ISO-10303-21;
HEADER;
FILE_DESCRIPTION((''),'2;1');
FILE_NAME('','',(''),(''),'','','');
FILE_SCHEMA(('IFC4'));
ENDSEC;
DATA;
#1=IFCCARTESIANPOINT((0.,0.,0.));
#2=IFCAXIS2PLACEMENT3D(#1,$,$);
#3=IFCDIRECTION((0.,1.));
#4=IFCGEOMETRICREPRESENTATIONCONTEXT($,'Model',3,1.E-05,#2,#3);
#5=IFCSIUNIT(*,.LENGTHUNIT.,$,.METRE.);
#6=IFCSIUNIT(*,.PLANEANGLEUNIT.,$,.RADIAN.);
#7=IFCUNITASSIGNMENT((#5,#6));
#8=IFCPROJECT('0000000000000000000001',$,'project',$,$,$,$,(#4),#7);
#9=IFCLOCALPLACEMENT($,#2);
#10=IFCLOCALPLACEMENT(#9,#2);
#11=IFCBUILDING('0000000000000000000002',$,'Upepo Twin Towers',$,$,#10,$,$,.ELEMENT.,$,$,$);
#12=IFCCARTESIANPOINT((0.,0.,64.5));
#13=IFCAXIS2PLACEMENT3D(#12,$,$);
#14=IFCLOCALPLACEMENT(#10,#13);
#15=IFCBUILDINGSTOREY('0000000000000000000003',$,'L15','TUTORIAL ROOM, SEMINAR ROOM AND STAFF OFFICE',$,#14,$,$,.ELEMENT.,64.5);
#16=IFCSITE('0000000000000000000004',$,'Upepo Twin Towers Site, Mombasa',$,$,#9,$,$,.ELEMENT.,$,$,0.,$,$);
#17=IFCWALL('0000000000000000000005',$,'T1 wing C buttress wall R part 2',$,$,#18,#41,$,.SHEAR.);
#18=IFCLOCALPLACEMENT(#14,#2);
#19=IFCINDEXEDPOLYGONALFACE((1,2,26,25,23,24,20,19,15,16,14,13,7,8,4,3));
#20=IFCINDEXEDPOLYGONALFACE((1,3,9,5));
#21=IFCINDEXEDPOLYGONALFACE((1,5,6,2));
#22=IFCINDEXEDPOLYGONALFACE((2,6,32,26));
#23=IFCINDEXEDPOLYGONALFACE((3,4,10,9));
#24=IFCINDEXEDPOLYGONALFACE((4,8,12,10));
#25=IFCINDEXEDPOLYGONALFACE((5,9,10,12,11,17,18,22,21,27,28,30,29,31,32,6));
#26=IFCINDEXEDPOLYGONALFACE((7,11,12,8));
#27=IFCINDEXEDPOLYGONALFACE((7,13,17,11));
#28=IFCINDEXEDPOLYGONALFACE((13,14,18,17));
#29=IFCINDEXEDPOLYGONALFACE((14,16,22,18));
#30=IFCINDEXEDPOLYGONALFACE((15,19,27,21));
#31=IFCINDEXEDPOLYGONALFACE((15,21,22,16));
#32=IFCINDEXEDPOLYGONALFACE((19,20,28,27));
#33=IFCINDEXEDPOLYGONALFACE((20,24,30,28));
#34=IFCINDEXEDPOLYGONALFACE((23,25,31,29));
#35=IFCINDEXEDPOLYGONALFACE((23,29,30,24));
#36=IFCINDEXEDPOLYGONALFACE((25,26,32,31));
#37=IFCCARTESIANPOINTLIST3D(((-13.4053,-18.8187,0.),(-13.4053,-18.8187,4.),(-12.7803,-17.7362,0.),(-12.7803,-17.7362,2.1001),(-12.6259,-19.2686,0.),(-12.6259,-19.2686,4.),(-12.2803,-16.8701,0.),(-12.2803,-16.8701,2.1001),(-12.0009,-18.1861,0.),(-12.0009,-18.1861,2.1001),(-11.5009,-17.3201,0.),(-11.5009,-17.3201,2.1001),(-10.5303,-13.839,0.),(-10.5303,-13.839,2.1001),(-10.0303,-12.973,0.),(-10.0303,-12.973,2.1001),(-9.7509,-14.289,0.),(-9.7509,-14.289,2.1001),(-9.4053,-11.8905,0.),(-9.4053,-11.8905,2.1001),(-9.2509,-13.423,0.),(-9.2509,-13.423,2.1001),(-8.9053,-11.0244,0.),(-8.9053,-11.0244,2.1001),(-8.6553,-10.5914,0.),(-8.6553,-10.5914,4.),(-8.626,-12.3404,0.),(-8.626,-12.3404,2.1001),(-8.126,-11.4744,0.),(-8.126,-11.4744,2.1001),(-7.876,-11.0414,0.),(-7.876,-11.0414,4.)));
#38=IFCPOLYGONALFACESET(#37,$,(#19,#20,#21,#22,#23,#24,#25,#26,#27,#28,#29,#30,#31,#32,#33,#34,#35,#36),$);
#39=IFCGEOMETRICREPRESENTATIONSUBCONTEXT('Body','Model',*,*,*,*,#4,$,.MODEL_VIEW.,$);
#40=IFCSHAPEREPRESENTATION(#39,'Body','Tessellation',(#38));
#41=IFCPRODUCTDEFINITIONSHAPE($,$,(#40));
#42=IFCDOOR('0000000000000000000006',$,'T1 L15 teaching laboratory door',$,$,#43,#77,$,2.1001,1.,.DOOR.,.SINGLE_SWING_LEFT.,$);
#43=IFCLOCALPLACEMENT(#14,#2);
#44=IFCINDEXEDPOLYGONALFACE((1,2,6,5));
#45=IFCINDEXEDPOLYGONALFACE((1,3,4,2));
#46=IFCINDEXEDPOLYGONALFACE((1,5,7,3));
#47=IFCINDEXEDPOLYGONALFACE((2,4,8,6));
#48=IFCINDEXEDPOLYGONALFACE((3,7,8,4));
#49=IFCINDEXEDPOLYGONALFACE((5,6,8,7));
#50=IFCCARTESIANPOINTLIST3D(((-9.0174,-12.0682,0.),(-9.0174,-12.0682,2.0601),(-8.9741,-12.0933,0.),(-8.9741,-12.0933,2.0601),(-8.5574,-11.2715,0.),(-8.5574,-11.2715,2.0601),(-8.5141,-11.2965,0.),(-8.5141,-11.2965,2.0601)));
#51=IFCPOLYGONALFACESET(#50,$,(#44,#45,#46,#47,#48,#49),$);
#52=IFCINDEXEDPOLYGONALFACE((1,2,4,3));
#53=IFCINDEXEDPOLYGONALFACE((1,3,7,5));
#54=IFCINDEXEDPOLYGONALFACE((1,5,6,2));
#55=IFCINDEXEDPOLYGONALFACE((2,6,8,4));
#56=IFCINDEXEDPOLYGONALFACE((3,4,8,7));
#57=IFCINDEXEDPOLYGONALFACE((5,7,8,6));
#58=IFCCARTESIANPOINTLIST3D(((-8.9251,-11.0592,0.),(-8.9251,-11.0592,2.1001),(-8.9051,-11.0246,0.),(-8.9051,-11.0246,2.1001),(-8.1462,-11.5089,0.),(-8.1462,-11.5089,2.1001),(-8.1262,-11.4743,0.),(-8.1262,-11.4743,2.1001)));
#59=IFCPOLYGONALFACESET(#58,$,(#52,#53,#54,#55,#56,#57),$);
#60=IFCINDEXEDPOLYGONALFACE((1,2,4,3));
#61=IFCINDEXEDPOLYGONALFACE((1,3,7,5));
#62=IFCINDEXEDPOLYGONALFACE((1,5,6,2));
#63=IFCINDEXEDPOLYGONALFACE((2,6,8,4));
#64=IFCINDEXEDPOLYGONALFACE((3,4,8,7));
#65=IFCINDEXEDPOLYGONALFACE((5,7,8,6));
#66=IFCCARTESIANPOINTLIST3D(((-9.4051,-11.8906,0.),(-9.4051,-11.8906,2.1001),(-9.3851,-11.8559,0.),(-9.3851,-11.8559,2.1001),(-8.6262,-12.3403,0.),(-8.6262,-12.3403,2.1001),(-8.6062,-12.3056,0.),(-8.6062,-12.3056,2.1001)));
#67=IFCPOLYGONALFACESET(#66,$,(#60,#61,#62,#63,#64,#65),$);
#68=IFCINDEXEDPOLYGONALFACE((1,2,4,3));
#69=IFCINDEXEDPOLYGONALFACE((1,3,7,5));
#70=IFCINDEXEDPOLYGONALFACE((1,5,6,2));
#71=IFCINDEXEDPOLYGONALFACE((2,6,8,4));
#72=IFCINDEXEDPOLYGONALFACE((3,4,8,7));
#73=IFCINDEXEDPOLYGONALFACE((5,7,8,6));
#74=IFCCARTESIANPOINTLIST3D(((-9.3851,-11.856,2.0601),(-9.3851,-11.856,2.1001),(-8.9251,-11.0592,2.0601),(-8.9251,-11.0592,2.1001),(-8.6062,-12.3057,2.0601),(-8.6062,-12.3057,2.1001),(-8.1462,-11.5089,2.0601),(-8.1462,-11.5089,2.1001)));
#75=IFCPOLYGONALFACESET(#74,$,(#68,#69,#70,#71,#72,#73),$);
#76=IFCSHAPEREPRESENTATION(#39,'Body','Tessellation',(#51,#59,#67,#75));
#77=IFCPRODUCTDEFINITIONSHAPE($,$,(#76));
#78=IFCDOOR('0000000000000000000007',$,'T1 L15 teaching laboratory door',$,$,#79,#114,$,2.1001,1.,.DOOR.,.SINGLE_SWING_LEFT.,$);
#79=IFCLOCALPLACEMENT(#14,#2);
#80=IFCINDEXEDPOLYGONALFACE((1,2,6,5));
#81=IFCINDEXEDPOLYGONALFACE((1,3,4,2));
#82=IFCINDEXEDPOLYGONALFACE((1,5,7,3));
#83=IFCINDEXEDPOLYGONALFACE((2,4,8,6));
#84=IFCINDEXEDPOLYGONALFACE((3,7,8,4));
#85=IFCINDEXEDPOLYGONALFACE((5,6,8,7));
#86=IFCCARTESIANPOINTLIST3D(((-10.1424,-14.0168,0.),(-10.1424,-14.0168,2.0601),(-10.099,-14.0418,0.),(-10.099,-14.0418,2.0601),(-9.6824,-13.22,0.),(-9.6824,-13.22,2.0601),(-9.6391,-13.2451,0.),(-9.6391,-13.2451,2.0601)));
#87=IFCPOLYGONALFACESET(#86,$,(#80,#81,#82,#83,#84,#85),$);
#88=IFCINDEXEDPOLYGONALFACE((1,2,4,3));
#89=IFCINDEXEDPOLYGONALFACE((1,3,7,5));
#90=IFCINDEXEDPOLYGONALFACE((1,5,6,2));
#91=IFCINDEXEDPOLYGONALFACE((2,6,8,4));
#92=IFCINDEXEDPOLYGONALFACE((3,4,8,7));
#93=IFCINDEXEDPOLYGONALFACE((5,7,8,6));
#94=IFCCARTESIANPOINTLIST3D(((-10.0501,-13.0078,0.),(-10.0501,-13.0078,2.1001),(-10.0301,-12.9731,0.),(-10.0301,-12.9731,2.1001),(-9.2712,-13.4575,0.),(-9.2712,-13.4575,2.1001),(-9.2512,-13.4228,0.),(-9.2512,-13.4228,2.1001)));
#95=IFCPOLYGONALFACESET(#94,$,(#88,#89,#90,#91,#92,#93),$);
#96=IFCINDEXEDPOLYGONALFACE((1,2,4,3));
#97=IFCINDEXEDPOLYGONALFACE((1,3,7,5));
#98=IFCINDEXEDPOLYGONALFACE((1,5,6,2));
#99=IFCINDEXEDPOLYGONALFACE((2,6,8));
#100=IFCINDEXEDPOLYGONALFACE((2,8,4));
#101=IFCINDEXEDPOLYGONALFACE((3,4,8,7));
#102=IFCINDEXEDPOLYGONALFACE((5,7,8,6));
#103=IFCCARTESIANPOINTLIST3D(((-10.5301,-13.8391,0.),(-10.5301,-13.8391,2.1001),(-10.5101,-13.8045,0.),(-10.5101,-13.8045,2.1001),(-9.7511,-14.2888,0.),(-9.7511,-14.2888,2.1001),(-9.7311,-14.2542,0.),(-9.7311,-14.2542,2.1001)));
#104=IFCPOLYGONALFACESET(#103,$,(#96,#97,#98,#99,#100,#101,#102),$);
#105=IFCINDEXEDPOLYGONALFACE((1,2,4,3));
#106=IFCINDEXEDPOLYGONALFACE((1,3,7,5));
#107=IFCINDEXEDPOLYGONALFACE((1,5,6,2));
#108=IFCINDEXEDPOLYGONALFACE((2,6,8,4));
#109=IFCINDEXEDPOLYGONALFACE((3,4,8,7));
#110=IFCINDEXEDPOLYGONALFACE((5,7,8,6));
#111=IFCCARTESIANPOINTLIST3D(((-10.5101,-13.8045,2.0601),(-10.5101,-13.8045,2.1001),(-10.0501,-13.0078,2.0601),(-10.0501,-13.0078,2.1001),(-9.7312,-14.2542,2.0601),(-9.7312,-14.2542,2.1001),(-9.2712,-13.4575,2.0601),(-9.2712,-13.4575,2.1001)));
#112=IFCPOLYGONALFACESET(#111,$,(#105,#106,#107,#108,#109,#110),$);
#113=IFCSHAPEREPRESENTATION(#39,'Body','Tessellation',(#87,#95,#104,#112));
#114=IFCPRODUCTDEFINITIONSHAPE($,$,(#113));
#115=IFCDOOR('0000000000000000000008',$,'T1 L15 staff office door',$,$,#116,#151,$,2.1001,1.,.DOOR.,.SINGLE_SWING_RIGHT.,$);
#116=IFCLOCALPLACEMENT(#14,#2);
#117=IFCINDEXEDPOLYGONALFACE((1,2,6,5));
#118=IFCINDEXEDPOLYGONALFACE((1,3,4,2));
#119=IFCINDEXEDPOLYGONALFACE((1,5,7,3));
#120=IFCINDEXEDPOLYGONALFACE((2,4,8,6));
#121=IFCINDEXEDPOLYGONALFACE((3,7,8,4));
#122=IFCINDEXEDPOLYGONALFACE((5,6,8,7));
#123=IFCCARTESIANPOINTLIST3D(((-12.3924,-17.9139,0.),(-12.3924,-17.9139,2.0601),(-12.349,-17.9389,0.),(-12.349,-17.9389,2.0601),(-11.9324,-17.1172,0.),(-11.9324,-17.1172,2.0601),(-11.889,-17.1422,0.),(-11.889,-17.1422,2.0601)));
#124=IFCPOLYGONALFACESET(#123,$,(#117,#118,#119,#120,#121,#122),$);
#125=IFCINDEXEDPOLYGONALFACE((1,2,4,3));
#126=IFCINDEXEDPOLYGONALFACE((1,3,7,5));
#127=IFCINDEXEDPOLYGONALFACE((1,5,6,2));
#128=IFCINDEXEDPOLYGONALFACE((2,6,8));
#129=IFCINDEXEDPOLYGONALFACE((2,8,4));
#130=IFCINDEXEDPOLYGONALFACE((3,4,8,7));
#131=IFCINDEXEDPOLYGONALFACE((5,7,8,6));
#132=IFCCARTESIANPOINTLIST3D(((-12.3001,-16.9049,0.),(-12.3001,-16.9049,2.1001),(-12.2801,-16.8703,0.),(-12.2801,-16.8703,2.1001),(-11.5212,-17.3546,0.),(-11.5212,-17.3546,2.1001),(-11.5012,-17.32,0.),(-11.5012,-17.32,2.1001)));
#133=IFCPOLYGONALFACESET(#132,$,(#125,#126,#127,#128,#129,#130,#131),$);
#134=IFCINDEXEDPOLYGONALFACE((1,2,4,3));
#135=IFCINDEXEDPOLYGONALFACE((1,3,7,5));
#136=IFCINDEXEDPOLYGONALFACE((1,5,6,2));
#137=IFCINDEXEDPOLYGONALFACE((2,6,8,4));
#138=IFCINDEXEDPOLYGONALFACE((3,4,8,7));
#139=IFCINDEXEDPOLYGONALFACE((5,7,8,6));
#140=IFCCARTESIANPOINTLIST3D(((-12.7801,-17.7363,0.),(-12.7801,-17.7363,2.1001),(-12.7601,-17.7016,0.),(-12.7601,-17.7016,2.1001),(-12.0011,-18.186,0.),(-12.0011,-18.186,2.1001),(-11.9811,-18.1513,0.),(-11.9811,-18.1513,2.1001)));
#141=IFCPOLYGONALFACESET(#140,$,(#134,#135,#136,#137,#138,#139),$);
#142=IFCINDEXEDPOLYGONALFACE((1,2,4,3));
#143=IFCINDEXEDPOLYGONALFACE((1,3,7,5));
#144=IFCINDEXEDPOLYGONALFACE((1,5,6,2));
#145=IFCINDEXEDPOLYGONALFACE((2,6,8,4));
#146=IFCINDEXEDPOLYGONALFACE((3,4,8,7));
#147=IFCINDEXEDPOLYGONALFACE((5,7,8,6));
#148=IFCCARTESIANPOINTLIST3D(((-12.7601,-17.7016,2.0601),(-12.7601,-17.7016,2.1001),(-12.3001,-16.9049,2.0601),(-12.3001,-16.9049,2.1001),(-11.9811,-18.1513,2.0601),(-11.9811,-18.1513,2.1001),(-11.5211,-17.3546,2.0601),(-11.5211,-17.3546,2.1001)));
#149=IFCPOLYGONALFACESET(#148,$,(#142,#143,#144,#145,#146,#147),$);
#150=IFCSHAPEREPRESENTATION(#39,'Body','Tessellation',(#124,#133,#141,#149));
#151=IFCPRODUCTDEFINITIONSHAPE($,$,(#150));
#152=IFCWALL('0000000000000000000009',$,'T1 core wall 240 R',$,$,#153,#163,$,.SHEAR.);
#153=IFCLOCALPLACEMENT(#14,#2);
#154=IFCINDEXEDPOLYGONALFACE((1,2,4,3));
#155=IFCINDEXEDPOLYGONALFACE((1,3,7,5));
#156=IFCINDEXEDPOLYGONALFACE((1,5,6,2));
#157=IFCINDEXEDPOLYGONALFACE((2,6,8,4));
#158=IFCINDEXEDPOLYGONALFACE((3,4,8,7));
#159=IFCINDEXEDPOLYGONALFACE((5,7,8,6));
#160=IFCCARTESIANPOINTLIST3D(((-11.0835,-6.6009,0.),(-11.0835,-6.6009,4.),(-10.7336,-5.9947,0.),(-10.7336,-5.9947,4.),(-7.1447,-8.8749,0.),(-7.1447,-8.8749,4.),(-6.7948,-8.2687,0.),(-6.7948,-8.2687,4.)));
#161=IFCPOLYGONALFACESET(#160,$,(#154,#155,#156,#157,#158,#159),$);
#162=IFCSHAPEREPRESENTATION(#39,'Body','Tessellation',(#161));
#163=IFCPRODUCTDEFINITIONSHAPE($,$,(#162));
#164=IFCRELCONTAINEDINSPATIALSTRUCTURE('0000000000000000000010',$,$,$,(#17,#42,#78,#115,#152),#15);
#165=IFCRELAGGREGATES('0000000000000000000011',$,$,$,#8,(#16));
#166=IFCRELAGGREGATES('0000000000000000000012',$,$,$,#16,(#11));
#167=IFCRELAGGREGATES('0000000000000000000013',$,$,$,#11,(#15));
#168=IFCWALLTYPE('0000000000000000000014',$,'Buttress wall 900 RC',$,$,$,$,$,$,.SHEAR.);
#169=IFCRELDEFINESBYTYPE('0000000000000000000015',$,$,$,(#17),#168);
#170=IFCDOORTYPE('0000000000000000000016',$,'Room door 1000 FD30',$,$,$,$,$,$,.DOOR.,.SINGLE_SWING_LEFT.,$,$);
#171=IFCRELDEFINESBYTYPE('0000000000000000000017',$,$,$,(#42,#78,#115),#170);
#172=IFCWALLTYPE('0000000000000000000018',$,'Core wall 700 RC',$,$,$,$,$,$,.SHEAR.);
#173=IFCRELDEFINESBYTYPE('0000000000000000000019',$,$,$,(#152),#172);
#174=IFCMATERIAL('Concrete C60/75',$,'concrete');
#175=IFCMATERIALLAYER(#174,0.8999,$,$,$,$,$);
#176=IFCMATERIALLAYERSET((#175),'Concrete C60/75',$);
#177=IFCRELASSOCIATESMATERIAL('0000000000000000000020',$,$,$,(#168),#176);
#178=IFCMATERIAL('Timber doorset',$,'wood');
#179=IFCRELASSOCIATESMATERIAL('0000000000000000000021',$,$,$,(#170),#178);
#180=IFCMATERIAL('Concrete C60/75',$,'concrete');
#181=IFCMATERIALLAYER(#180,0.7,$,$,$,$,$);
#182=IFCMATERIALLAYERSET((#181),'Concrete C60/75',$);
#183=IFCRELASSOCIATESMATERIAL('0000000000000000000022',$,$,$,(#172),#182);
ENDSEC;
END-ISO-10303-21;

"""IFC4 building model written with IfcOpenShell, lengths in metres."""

from ifc_helpers import new_model, si_unit, direction, frame, frame_2d, origin, place, context, subcontext, project, spatial, rectangle, extrude, material, layer, layer_set, type_object, element, fill, save


model = new_model("IFC4")

# Units and contexts
model_context = context("Model", 3, precision=1e-05, world=origin(), true_north=direction((0.0, 1.0)))
body_context = subcontext(model_context, "Body", "Model", "MODEL_VIEW")
ifc_project = project(units=[si_unit("LENGTHUNIT", "METRE"), si_unit("PLANEANGLEUNIT", "RADIAN")], contexts=[model_context])

# Site, building, storey
site_placement = place(None, origin())
site = spatial("IfcSite", under=ifc_project, at=site_placement, Name="Upepo Twin Towers Site, Mombasa", CompositionType="ELEMENT", RefElevation=0.0)
building_placement = place(site_placement, origin())
building = spatial("IfcBuilding", under=site, at=building_placement, Name="Upepo Twin Towers", CompositionType="ELEMENT")
storey_placement = place(building_placement, frame((0.0, 0.0, 64.5)))
storey = spatial("IfcBuildingStorey", under=building, at=storey_placement, Name="L15", Description="TUTORIAL ROOM, SEMINAR ROOM AND STAFF OFFICE", CompositionType="ELEMENT", Elevation=64.5)

# Wall, openings, doors
ifc_material_1 = material(Name="Concrete C60/75", Category="concrete")
ifc_layer_1 = layer(ifc_material_1, 0.8999)
ifc_layer_set_1 = layer_set([ifc_layer_1], Name="Concrete C60/75")
wall_type_1 = type_object("IfcWallType", Name="Buttress wall 900 RC", PredefinedType="SHEAR", material=ifc_layer_set_1)
wall_1_placement = place(storey_placement, frame((-8.2656, -10.8164, 0.0), z_axis=(0.0, 0.0, 1.0), x_axis=(-0.499998, -0.866027, 0.0)))
wall_1 = element("IfcWall", 1, at=wall_1_placement, inside=storey, type_object=wall_type_1, Name="T1 wing C buttress wall R part 2", PredefinedType="SHEAR", context=body_context, shape_type="SweptSolid", body=[
    extrude(rectangle(XDim=9.5, YDim=0.8999, at=frame_2d((4.75, 0.0))), origin(), (0.0, 0.0, 1.0), 4.0),
])
opening_1_placement = place(wall_1_placement, frame((0.5, 0.0, 0.0)))
opening_1 = element("IfcOpeningElement", 2, at=opening_1_placement, cuts=wall_1, PredefinedType="OPENING", context=body_context, shape_type="SweptSolid", body=[
    extrude(rectangle(XDim=1.0, YDim=2.1001, at=frame_2d((0.5, 1.05))), frame((0.0, 0.46, 0.0), z_axis=(0.0, -1.0, 0.0), x_axis=(1.0, 0.0, 0.0)), (0.0, 0.0, 1.0), 0.9199),
])
opening_2_placement = place(wall_1_placement, frame((2.75, 0.0, 0.0)))
opening_2 = element("IfcOpeningElement", 3, at=opening_2_placement, cuts=wall_1, PredefinedType="OPENING", context=body_context, shape_type="SweptSolid", body=[
    extrude(rectangle(XDim=1.0, YDim=2.1001, at=frame_2d((0.5, 1.05))), frame((0.0, 0.46, 0.0), z_axis=(0.0, -1.0, 0.0), x_axis=(1.0, 0.0, 0.0)), (0.0, 0.0, 1.0), 0.9199),
])
opening_3_placement = place(wall_1_placement, frame((7.25, 0.0, 0.0)))
opening_3 = element("IfcOpeningElement", 4, at=opening_3_placement, cuts=wall_1, PredefinedType="OPENING", context=body_context, shape_type="SweptSolid", body=[
    extrude(rectangle(XDim=1.0, YDim=2.1001, at=frame_2d((0.5, 1.05))), frame((0.0, 0.46, 0.0), z_axis=(0.0, -1.0, 0.0), x_axis=(1.0, 0.0, 0.0)), (0.0, 0.0, 1.0), 0.9199),
])
ifc_material_2 = material(Name="Timber doorset", Category="wood")
door_type_1 = type_object("IfcDoorType", Name="Room door 1000 FD30", OperationType="SINGLE_SWING_LEFT", PredefinedType="DOOR", material=ifc_material_2)
door_1_placement = place(opening_1_placement, origin())
door_1 = element("IfcDoor", 5, at=door_1_placement, inside=storey, type_object=door_type_1, Name="T1 L15 teaching laboratory door", OperationType="SINGLE_SWING_LEFT", OverallHeight=2.1001, OverallWidth=1.0, PredefinedType="DOOR", context=body_context, shape_type="SweptSolid", body=[
    extrude(rectangle(XDim=0.92, YDim=2.0601, at=frame_2d((0.5, 1.03))), frame((0.0, 0.0249, 0.0), z_axis=(0.0, -1.0, 0.0), x_axis=(1.0, 0.0, 0.0)), (0.0, 0.0, 1.0), 0.05),
    extrude(rectangle(XDim=0.04, YDim=2.1001, at=frame_2d((0.02, 1.05))), frame((0.0, 0.4497, 0.0), z_axis=(0.0, -1.0, 0.0), x_axis=(1.0, 0.0, 0.0)), (0.0, 0.0, 1.0), 0.8994),
    extrude(rectangle(XDim=0.04, YDim=2.1001, at=frame_2d((0.98, 1.05))), frame((0.0, 0.4497, 0.0), z_axis=(0.0, -1.0, 0.0), x_axis=(1.0, 0.0, 0.0)), (0.0, 0.0, 1.0), 0.8994),
    extrude(rectangle(XDim=0.92, YDim=0.04, at=frame_2d((0.5, 2.0801))), frame((0.0, 0.4497, 0.0), z_axis=(0.0, -1.0, 0.0), x_axis=(1.0, 0.0, 0.0)), (0.0, 0.0, 1.0), 0.8994),
])
fill(opening_1, door_1)
door_2_placement = place(opening_2_placement, origin())
door_2 = element("IfcDoor", 6, at=door_2_placement, inside=storey, type_object=door_type_1, Name="T1 L15 teaching laboratory door", OperationType="SINGLE_SWING_LEFT", OverallHeight=2.1001, OverallWidth=1.0, PredefinedType="DOOR", context=body_context, shape_type="SweptSolid", body=[
    extrude(rectangle(XDim=0.92, YDim=2.0601, at=frame_2d((0.5, 1.03))), frame((0.0, 0.0249, 0.0), z_axis=(0.0, -1.0, 0.0), x_axis=(1.0, 0.0, 0.0)), (0.0, 0.0, 1.0), 0.05),
    extrude(rectangle(XDim=0.04, YDim=2.1001, at=frame_2d((0.02, 1.05))), frame((0.0, 0.4497, 0.0), z_axis=(0.0, -1.0, 0.0), x_axis=(1.0, 0.0, 0.0)), (0.0, 0.0, 1.0), 0.8994),
    extrude(rectangle(XDim=0.04, YDim=2.1001, at=frame_2d((0.98, 1.05))), frame((0.0, 0.4497, 0.0), z_axis=(0.0, -1.0, 0.0), x_axis=(1.0, 0.0, 0.0)), (0.0, 0.0, 1.0), 0.8994),
    extrude(rectangle(XDim=0.92, YDim=0.04, at=frame_2d((0.5, 2.0801))), frame((0.0, 0.4497, 0.0), z_axis=(0.0, -1.0, 0.0), x_axis=(1.0, 0.0, 0.0)), (0.0, 0.0, 1.0), 0.8994),
])
fill(opening_2, door_2)
door_3_placement = place(opening_3_placement, origin())
door_3 = element("IfcDoor", 7, at=door_3_placement, inside=storey, type_object=door_type_1, Name="T1 L15 staff office door", OperationType="SINGLE_SWING_RIGHT", OverallHeight=2.1001, OverallWidth=1.0, PredefinedType="DOOR", context=body_context, shape_type="SweptSolid", body=[
    extrude(rectangle(XDim=0.92, YDim=2.0601, at=frame_2d((0.5, 1.03))), frame((0.0, 0.0249, 0.0), z_axis=(0.0, -1.0, 0.0), x_axis=(1.0, 0.0, 0.0)), (0.0, 0.0, 1.0), 0.05),
    extrude(rectangle(XDim=0.04, YDim=2.1001, at=frame_2d((0.02, 1.05))), frame((0.0, 0.4497, 0.0), z_axis=(0.0, -1.0, 0.0), x_axis=(1.0, 0.0, 0.0)), (0.0, 0.0, 1.0), 0.8994),
    extrude(rectangle(XDim=0.04, YDim=2.1001, at=frame_2d((0.98, 1.05))), frame((0.0, 0.4497, 0.0), z_axis=(0.0, -1.0, 0.0), x_axis=(1.0, 0.0, 0.0)), (0.0, 0.0, 1.0), 0.8994),
    extrude(rectangle(XDim=0.92, YDim=0.04, at=frame_2d((0.5, 2.0801))), frame((0.0, 0.4497, 0.0), z_axis=(0.0, -1.0, 0.0), x_axis=(1.0, 0.0, 0.0)), (0.0, 0.0, 1.0), 0.8994),
])
fill(opening_3, door_3)

# Wall
ifc_material_3 = material(Name="Concrete C60/75", Category="concrete")
ifc_layer_2 = layer(ifc_material_3, 0.7)
ifc_layer_set_2 = layer_set([ifc_layer_2], Name="Concrete C60/75")
wall_type_2 = type_object("IfcWallType", Name="Core wall 700 RC", PredefinedType="SHEAR", material=ifc_layer_set_2)
wall_2_placement = place(storey_placement, frame((-10.9084, -6.2979, 0.0), z_axis=(0.0, 0.0, 1.0), x_axis=(0.866035, -0.499984, 0.0)))
element("IfcWall", 8, at=wall_2_placement, inside=storey, type_object=wall_type_2, Name="T1 core wall 240 R", PredefinedType="SHEAR", context=body_context, shape_type="SweptSolid", body=[
    extrude(rectangle(XDim=4.5481, YDim=0.7, at=frame_2d((2.2739, 0.0))), origin(), (0.0, 0.0, 1.0), 4.0),
])

save(model, "model.ifc")
